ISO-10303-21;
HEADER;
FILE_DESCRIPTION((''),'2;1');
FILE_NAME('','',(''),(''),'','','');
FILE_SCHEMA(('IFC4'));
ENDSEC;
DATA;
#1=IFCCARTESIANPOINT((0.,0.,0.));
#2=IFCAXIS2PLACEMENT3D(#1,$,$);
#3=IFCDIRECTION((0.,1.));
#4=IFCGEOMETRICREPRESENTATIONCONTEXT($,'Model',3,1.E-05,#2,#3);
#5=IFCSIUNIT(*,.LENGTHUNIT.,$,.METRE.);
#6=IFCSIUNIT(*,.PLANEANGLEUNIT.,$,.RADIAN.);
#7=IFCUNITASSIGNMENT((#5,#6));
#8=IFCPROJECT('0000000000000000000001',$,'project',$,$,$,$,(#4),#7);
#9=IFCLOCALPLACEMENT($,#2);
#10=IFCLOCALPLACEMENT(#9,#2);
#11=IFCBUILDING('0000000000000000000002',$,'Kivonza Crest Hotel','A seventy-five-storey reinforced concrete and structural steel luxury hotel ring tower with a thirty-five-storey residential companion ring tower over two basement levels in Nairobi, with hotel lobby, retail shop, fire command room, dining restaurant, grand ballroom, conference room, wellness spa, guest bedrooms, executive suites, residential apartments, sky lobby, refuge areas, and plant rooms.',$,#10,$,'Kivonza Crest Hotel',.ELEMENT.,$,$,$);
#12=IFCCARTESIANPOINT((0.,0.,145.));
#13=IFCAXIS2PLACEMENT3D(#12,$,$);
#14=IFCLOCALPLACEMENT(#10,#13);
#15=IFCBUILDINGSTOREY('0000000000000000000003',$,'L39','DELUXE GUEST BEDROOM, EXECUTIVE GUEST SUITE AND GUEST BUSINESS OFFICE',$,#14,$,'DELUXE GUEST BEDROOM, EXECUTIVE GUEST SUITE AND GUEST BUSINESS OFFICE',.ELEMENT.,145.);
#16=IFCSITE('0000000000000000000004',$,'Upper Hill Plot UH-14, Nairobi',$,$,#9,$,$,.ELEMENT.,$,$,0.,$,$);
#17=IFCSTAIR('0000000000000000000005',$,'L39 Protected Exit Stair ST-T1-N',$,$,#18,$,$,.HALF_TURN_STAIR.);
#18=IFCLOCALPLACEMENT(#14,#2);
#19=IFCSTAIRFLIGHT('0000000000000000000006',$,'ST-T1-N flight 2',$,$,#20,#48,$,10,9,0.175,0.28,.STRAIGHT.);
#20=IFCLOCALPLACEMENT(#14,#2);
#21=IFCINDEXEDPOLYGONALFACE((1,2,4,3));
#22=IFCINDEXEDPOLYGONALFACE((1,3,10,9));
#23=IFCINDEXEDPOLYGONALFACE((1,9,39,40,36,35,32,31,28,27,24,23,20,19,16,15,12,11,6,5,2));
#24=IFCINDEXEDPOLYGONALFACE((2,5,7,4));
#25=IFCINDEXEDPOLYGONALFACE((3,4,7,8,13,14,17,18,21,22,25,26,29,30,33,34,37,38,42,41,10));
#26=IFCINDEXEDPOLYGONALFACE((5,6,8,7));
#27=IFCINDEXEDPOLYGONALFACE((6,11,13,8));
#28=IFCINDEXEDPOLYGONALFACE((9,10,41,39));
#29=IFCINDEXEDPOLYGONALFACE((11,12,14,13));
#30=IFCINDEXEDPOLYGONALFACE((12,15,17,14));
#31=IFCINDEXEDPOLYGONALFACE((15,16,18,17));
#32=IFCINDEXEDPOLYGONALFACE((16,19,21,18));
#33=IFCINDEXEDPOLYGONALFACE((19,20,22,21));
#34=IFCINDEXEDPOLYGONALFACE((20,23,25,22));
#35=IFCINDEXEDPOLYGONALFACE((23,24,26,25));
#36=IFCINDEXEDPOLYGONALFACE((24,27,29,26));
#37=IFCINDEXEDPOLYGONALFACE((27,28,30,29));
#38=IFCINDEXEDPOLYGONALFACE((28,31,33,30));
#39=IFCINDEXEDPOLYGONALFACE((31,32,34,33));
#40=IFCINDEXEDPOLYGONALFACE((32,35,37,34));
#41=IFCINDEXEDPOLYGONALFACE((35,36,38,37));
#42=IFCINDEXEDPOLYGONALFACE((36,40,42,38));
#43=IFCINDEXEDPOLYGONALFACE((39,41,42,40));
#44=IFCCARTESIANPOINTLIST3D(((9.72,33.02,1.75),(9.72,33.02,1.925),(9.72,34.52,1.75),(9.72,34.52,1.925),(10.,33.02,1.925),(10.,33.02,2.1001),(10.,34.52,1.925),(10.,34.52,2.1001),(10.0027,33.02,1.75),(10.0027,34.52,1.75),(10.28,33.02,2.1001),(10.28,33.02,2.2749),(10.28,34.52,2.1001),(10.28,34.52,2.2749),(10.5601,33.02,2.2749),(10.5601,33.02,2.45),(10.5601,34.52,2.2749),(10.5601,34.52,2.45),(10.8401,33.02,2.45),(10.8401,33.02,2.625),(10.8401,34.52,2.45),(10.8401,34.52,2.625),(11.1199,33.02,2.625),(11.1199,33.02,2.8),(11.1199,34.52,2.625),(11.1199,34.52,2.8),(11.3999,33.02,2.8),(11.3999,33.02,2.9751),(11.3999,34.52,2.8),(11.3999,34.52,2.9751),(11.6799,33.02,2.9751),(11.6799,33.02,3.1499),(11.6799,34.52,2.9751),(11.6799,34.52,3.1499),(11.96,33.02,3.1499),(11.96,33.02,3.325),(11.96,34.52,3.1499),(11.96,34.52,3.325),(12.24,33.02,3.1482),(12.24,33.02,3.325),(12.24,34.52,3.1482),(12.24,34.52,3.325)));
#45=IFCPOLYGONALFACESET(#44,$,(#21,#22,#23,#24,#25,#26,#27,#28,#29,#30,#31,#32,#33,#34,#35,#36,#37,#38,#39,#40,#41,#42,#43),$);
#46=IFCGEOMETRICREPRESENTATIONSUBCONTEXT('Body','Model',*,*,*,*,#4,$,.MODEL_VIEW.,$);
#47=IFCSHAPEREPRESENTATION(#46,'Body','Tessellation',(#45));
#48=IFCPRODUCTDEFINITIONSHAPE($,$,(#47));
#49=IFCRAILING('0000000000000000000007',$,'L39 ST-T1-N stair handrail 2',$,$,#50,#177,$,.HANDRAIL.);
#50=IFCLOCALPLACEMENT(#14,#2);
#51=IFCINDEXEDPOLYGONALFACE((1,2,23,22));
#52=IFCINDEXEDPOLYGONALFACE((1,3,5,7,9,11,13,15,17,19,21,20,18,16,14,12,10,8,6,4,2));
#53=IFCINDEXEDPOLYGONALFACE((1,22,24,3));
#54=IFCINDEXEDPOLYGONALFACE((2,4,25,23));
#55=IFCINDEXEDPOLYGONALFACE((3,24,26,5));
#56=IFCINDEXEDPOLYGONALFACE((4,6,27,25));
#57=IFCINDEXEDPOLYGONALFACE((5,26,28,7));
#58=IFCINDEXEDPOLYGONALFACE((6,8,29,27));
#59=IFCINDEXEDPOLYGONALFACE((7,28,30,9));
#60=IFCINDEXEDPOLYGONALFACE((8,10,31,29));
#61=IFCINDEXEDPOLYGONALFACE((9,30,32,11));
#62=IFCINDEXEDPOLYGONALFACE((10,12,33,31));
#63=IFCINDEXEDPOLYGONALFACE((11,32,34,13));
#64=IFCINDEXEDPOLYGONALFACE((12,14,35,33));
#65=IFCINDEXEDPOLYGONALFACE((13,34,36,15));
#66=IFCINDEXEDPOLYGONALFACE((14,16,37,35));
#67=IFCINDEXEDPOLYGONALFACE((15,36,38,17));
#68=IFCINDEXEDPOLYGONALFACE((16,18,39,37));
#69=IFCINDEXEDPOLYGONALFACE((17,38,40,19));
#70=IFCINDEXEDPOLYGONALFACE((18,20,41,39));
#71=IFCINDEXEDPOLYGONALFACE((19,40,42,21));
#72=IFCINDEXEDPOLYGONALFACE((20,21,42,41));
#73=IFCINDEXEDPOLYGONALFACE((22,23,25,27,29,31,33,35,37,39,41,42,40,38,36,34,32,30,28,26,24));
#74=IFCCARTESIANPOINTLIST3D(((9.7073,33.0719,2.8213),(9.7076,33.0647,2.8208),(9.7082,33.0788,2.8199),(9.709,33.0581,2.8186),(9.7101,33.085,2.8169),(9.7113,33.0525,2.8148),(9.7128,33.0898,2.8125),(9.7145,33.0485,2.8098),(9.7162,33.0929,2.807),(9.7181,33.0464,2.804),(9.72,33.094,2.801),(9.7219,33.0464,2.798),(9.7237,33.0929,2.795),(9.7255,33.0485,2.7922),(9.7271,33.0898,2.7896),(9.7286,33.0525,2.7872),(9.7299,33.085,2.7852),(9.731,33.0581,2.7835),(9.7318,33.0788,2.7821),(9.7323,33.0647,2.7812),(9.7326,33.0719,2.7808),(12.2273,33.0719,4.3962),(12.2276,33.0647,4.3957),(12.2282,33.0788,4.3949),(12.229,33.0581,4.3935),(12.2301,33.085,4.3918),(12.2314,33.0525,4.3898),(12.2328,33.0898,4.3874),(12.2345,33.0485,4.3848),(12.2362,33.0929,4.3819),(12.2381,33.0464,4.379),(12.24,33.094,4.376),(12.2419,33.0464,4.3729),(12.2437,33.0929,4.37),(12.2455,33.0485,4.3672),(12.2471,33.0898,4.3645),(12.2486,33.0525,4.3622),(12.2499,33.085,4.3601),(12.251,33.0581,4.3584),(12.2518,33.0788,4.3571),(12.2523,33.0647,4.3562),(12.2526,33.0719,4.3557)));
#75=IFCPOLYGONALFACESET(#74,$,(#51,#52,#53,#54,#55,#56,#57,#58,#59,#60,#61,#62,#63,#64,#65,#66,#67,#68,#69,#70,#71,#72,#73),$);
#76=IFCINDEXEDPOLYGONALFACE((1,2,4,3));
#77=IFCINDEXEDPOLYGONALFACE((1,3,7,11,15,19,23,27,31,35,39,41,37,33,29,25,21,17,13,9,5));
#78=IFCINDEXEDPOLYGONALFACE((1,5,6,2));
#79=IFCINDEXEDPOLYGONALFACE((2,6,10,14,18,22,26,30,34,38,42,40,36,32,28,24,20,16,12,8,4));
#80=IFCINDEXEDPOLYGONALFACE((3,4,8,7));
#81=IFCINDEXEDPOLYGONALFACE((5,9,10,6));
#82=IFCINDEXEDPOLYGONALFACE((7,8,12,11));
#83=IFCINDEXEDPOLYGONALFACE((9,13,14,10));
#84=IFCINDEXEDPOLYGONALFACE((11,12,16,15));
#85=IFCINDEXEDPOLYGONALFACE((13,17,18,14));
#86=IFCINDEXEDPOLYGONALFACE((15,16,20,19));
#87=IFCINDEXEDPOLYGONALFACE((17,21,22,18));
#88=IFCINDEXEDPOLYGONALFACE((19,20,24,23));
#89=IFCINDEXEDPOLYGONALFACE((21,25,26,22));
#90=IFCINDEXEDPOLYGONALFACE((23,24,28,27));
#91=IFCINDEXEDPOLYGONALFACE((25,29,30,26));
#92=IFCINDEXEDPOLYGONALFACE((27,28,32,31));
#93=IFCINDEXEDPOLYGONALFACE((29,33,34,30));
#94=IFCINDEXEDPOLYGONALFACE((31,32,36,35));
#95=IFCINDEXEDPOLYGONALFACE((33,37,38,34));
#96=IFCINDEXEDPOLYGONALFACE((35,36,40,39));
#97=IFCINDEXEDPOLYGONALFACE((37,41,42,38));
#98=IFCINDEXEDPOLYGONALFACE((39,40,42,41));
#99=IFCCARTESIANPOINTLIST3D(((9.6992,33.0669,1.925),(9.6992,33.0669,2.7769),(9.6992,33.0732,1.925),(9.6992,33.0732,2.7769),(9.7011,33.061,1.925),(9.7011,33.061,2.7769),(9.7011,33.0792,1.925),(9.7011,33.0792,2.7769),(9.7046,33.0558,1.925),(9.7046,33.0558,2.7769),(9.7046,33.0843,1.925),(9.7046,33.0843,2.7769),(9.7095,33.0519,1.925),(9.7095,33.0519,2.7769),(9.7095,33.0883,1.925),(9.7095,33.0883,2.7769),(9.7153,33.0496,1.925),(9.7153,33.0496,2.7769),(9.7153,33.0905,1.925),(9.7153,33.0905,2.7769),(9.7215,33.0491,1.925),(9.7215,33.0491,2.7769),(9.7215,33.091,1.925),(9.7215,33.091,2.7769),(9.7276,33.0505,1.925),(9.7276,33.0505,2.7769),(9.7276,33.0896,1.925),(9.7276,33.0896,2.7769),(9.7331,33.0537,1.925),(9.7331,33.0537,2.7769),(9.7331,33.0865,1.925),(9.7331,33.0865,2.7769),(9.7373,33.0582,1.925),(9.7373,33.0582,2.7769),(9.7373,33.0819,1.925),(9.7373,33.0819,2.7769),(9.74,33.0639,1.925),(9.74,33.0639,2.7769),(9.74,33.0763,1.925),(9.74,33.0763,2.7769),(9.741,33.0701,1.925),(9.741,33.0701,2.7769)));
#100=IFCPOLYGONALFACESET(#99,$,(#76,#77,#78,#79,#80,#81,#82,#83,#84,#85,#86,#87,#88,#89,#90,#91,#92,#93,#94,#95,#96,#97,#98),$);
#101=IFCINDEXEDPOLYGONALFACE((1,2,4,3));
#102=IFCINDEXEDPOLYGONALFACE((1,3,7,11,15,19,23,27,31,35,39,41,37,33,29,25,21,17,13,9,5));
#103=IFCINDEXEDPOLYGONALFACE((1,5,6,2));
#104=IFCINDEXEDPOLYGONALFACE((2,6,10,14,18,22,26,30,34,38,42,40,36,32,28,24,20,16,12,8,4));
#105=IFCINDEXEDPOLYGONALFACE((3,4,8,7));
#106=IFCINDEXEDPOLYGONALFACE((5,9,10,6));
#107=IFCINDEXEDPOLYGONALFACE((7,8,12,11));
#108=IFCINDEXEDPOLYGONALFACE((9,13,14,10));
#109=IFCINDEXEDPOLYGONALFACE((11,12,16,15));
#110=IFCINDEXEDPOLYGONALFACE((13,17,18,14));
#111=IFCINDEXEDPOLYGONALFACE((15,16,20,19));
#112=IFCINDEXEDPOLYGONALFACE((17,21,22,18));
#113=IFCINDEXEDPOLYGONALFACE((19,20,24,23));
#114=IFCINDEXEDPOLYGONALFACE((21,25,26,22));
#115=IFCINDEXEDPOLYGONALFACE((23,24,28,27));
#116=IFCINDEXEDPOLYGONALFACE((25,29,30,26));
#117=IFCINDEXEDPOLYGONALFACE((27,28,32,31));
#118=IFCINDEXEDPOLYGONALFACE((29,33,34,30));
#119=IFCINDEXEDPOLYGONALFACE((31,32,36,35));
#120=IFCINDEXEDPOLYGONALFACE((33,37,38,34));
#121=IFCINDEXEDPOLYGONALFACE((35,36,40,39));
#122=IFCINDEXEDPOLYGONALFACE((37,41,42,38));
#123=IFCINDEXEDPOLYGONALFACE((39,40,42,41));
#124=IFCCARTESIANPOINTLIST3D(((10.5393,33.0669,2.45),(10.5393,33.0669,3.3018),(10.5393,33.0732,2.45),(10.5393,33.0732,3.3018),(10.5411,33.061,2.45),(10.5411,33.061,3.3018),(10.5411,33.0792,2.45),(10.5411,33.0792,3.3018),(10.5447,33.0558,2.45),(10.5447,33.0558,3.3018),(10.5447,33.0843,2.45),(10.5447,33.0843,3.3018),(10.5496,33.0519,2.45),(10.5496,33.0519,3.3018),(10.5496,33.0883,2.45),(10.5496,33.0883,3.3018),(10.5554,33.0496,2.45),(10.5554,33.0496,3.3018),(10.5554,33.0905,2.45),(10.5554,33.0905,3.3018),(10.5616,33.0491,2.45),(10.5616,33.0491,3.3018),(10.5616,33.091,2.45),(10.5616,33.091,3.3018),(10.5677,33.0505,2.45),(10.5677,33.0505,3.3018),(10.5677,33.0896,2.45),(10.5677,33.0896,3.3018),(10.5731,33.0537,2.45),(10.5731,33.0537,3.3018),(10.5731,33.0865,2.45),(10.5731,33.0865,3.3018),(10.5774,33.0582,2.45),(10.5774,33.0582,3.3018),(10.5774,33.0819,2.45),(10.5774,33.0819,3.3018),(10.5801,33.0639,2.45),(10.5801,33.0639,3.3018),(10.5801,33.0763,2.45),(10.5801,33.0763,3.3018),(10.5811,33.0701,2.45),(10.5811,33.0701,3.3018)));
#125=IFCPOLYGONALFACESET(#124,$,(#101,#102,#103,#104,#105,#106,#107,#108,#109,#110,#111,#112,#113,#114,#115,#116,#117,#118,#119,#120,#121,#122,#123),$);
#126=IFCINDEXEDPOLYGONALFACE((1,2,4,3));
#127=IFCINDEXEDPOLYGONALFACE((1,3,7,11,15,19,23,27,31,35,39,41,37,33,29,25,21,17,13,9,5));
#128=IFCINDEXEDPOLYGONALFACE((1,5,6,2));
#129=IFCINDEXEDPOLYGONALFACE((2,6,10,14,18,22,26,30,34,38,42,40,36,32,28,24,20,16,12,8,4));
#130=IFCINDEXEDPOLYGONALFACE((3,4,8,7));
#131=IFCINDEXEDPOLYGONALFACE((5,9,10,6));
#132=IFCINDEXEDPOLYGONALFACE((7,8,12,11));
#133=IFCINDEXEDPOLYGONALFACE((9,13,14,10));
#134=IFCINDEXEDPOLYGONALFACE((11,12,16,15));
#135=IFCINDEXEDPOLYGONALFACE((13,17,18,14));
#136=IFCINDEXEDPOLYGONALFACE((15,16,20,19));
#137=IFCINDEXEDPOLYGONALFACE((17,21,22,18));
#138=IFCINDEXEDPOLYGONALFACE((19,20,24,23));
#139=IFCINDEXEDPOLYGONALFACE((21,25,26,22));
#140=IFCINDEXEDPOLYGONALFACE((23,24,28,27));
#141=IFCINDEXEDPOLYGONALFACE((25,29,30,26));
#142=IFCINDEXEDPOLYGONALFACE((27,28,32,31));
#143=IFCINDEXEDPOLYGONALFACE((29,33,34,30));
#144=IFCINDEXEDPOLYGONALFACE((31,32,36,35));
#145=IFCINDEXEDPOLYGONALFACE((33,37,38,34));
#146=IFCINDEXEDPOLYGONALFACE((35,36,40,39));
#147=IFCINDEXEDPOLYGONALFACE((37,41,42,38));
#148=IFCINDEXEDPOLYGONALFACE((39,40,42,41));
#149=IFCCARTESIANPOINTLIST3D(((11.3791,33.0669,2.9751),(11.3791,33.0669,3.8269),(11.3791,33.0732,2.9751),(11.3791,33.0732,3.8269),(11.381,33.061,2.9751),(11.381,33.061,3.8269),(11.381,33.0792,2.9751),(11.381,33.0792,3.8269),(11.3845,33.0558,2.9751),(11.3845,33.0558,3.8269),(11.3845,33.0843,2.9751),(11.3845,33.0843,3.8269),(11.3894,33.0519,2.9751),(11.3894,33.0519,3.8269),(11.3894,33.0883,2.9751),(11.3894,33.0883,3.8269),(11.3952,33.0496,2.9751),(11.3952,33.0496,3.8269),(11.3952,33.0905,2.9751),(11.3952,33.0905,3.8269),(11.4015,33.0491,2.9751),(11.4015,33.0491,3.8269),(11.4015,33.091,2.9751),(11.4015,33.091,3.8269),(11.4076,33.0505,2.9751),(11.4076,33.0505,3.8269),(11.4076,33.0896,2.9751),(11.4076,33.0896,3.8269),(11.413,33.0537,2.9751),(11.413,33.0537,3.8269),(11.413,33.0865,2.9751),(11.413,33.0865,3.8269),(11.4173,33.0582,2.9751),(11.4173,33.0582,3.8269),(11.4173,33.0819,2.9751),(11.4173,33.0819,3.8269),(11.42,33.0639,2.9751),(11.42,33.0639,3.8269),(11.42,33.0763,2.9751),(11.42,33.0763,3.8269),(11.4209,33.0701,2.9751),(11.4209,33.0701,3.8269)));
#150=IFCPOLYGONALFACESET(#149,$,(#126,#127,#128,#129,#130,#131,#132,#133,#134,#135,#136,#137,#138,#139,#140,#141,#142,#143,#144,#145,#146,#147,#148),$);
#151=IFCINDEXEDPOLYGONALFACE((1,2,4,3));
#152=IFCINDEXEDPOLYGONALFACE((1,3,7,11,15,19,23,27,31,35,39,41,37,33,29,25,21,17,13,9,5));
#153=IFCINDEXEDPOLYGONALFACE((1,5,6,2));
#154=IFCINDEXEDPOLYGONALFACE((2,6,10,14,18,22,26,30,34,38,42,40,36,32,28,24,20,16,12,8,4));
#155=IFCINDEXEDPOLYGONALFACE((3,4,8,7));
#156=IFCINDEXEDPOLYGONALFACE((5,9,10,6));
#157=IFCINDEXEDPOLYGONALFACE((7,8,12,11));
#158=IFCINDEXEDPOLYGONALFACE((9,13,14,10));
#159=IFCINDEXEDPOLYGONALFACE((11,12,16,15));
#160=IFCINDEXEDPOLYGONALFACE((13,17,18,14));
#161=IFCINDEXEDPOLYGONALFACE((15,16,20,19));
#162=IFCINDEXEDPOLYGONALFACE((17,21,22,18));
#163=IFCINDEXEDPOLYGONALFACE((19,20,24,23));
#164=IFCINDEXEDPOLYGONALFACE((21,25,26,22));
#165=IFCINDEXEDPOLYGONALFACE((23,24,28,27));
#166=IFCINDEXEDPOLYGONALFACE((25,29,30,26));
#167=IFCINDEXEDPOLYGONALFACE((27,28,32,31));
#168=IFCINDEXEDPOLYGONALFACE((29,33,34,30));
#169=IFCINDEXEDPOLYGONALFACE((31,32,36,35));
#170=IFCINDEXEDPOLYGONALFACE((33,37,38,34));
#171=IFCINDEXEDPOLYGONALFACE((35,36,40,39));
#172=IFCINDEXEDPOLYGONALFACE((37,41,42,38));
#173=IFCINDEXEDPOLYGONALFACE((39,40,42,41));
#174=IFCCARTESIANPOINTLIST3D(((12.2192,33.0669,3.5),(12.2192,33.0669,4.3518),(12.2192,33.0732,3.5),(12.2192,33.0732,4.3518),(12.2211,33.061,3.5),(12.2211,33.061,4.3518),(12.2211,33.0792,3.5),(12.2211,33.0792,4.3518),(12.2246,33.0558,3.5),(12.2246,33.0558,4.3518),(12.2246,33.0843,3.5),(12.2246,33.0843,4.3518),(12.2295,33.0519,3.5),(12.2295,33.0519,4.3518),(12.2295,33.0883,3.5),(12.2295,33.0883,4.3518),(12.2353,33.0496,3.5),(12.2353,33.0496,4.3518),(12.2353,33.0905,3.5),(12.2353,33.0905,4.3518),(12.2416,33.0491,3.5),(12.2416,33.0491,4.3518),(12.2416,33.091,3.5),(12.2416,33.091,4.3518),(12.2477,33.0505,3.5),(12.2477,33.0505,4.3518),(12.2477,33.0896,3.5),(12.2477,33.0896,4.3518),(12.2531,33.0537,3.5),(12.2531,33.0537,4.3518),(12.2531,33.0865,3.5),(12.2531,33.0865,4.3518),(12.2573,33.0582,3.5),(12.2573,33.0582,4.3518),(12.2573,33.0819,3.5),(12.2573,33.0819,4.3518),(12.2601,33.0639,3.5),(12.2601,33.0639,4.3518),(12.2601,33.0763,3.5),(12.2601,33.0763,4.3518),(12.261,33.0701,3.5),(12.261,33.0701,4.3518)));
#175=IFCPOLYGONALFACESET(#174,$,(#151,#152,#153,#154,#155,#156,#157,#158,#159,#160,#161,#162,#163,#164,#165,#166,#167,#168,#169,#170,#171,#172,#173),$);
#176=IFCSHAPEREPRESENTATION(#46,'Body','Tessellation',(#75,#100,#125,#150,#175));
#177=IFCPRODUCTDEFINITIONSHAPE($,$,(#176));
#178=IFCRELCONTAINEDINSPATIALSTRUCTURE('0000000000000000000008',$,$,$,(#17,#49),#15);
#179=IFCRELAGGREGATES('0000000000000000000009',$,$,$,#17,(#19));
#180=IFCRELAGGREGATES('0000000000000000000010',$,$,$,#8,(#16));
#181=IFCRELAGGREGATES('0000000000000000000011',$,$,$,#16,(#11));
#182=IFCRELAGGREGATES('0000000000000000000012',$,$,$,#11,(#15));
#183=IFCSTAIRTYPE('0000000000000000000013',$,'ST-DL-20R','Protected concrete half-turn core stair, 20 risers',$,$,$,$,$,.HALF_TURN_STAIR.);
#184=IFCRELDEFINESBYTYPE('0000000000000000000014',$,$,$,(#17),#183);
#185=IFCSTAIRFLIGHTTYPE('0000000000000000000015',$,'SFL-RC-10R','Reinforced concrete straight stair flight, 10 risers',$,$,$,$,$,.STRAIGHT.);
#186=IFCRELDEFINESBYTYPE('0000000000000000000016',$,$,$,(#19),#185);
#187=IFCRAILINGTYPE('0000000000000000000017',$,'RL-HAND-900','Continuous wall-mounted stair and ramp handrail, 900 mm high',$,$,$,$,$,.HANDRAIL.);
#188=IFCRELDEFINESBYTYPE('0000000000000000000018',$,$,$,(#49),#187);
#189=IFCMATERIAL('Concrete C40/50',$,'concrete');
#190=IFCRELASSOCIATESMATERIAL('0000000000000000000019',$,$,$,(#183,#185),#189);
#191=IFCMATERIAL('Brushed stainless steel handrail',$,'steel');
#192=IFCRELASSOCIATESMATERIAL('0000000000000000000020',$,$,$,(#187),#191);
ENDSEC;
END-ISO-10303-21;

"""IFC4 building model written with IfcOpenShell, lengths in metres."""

from ifc_helpers import new_model, si_unit, direction, frame, origin, origin_2d, place, context, subcontext, project, spatial, polyline, circle, outline, extrude, material, type_object, element, aggregate, save


model = new_model("IFC4")

# Units and contexts
model_context = context("Model", 3, precision=1e-05, world=origin(), true_north=direction((0.0, 1.0)))
body_context = subcontext(model_context, "Body", "Model", "MODEL_VIEW")
ifc_project = project(units=[si_unit("LENGTHUNIT", "METRE"), si_unit("PLANEANGLEUNIT", "RADIAN")], contexts=[model_context])

# Site, building, storey
site_placement = place(None, origin())
site = spatial("IfcSite", under=ifc_project, at=site_placement, Name="Upper Hill Plot UH-14, Nairobi", CompositionType="ELEMENT", RefElevation=0.0)
building_placement = place(site_placement, origin())
building = spatial("IfcBuilding", under=site, at=building_placement, Name="Kivonza Crest Hotel", Description="A seventy-five-storey reinforced concrete and structural steel luxury hotel ring tower with a thirty-five-storey residential companion ring tower over two basement levels in Nairobi, with hotel lobby, retail shop, fire command room, dining restaurant, grand ballroom, conference room, wellness spa, guest bedrooms, executive suites, residential apartments, sky lobby, refuge areas, and plant rooms.", LongName="Kivonza Crest Hotel", CompositionType="ELEMENT")
storey_placement = place(building_placement, frame((0.0, 0.0, 145.0)))
storey = spatial("IfcBuildingStorey", under=building, at=storey_placement, Name="L39", Description="DELUXE GUEST BEDROOM, EXECUTIVE GUEST SUITE AND GUEST BUSINESS OFFICE", LongName="DELUXE GUEST BEDROOM, EXECUTIVE GUEST SUITE AND GUEST BUSINESS OFFICE", CompositionType="ELEMENT", Elevation=145.0)

# Stair, stair flight
ifc_material_1 = material(Name="Concrete C40/50", Category="concrete")
stair_type = type_object("IfcStairType", Name="ST-DL-20R", Description="Protected concrete half-turn core stair, 20 risers", PredefinedType="HALF_TURN_STAIR", material=ifc_material_1)
stair_placement = place(storey_placement, origin())
stair = element("IfcStair", 1, at=stair_placement, inside=storey, type_object=stair_type, Name="L39 Protected Exit Stair ST-T1-N", PredefinedType="HALF_TURN_STAIR")
stair_flight_type = type_object("IfcStairFlightType", Name="SFL-RC-10R", Description="Reinforced concrete straight stair flight, 10 risers", PredefinedType="STRAIGHT", material=ifc_material_1)
stair_flight_placement = place(storey_placement, frame((9.72, 33.77, 1.75), z_axis=(0.0, 0.0, 1.0), x_axis=(1.0, 0.0, 0.0)))
stair_flight = element("IfcStairFlight", 2, at=stair_flight_placement, type_object=stair_flight_type, Name="ST-T1-N flight 2", NumberOfRisers=10, NumberOfTreads=9, PredefinedType="STRAIGHT", RiserHeight=0.175, TreadLength=0.28, context=body_context, shape_type="SweptSolid", body=[
    extrude(outline(polyline([(0.0, 0.0), (0.0, 0.175), (0.28, 0.175), (0.28, 0.3501), (0.5601, 0.3501), (0.5601, 0.5249), (0.8401, 0.5249), (0.8401, 0.7), (1.1201, 0.7), (1.1201, 0.875), (1.3999, 0.875), (1.3999, 1.05), (1.6799, 1.05), (1.6799, 1.2251), (1.96, 1.2251), (1.96, 1.3999), (2.24, 1.3999), (2.24, 1.575), (2.52, 1.575), (2.52, 1.75), (2.52, 1.3982), (0.2827, 0.0), (0.0, 0.0)])), frame((0.0, 0.75, 0.0), z_axis=(0.0, -1.0, 0.0), x_axis=(1.0, 0.0, 0.0)), (0.0, 0.0, 1.0), 1.5),
])
aggregate(stair, [stair_flight])

# Railing
ifc_material_2 = material(Name="Brushed stainless steel handrail", Category="steel")
railing_type_1 = type_object("IfcRailingType", Name="RL-HAND-900", Description="Continuous wall-mounted stair and ramp handrail, 900 mm high", PredefinedType="HANDRAIL", material=ifc_material_2)
railing_1_placement = place(storey_placement, frame((9.72, 33.0701, 1.925)))
element("IfcRailing", 3, at=railing_1_placement, inside=storey, type_object=railing_type_1, Name="L39 ST-T1-N stair handrail 2", PredefinedType="HANDRAIL", context=body_context, shape_type="SweptSolid", body=[
    extrude(circle(Radius=0.0239, at=origin_2d()), frame((0.0, 0.0, 0.876), z_axis=(0.848008, 0.0, 0.529984), x_axis=(0.0, 1.0, 0.0)), (0.0, 0.0, 1.0), 2.9717),
    extrude(circle(Radius=0.021, at=origin_2d()), origin(), (0.0, 0.0, 1.0), 0.8518),
    extrude(circle(Radius=0.021, at=origin_2d()), frame((0.8401, 0.0, 0.5249)), (0.0, 0.0, 1.0), 0.8518),
    extrude(circle(Radius=0.021, at=origin_2d()), frame((1.6799, 0.0, 1.05)), (0.0, 0.0, 1.0), 0.8518),
    extrude(circle(Radius=0.021, at=origin_2d()), frame((2.52, 0.0, 1.575)), (0.0, 0.0, 1.0), 0.8518),
])

save(model, "model.ifc")
